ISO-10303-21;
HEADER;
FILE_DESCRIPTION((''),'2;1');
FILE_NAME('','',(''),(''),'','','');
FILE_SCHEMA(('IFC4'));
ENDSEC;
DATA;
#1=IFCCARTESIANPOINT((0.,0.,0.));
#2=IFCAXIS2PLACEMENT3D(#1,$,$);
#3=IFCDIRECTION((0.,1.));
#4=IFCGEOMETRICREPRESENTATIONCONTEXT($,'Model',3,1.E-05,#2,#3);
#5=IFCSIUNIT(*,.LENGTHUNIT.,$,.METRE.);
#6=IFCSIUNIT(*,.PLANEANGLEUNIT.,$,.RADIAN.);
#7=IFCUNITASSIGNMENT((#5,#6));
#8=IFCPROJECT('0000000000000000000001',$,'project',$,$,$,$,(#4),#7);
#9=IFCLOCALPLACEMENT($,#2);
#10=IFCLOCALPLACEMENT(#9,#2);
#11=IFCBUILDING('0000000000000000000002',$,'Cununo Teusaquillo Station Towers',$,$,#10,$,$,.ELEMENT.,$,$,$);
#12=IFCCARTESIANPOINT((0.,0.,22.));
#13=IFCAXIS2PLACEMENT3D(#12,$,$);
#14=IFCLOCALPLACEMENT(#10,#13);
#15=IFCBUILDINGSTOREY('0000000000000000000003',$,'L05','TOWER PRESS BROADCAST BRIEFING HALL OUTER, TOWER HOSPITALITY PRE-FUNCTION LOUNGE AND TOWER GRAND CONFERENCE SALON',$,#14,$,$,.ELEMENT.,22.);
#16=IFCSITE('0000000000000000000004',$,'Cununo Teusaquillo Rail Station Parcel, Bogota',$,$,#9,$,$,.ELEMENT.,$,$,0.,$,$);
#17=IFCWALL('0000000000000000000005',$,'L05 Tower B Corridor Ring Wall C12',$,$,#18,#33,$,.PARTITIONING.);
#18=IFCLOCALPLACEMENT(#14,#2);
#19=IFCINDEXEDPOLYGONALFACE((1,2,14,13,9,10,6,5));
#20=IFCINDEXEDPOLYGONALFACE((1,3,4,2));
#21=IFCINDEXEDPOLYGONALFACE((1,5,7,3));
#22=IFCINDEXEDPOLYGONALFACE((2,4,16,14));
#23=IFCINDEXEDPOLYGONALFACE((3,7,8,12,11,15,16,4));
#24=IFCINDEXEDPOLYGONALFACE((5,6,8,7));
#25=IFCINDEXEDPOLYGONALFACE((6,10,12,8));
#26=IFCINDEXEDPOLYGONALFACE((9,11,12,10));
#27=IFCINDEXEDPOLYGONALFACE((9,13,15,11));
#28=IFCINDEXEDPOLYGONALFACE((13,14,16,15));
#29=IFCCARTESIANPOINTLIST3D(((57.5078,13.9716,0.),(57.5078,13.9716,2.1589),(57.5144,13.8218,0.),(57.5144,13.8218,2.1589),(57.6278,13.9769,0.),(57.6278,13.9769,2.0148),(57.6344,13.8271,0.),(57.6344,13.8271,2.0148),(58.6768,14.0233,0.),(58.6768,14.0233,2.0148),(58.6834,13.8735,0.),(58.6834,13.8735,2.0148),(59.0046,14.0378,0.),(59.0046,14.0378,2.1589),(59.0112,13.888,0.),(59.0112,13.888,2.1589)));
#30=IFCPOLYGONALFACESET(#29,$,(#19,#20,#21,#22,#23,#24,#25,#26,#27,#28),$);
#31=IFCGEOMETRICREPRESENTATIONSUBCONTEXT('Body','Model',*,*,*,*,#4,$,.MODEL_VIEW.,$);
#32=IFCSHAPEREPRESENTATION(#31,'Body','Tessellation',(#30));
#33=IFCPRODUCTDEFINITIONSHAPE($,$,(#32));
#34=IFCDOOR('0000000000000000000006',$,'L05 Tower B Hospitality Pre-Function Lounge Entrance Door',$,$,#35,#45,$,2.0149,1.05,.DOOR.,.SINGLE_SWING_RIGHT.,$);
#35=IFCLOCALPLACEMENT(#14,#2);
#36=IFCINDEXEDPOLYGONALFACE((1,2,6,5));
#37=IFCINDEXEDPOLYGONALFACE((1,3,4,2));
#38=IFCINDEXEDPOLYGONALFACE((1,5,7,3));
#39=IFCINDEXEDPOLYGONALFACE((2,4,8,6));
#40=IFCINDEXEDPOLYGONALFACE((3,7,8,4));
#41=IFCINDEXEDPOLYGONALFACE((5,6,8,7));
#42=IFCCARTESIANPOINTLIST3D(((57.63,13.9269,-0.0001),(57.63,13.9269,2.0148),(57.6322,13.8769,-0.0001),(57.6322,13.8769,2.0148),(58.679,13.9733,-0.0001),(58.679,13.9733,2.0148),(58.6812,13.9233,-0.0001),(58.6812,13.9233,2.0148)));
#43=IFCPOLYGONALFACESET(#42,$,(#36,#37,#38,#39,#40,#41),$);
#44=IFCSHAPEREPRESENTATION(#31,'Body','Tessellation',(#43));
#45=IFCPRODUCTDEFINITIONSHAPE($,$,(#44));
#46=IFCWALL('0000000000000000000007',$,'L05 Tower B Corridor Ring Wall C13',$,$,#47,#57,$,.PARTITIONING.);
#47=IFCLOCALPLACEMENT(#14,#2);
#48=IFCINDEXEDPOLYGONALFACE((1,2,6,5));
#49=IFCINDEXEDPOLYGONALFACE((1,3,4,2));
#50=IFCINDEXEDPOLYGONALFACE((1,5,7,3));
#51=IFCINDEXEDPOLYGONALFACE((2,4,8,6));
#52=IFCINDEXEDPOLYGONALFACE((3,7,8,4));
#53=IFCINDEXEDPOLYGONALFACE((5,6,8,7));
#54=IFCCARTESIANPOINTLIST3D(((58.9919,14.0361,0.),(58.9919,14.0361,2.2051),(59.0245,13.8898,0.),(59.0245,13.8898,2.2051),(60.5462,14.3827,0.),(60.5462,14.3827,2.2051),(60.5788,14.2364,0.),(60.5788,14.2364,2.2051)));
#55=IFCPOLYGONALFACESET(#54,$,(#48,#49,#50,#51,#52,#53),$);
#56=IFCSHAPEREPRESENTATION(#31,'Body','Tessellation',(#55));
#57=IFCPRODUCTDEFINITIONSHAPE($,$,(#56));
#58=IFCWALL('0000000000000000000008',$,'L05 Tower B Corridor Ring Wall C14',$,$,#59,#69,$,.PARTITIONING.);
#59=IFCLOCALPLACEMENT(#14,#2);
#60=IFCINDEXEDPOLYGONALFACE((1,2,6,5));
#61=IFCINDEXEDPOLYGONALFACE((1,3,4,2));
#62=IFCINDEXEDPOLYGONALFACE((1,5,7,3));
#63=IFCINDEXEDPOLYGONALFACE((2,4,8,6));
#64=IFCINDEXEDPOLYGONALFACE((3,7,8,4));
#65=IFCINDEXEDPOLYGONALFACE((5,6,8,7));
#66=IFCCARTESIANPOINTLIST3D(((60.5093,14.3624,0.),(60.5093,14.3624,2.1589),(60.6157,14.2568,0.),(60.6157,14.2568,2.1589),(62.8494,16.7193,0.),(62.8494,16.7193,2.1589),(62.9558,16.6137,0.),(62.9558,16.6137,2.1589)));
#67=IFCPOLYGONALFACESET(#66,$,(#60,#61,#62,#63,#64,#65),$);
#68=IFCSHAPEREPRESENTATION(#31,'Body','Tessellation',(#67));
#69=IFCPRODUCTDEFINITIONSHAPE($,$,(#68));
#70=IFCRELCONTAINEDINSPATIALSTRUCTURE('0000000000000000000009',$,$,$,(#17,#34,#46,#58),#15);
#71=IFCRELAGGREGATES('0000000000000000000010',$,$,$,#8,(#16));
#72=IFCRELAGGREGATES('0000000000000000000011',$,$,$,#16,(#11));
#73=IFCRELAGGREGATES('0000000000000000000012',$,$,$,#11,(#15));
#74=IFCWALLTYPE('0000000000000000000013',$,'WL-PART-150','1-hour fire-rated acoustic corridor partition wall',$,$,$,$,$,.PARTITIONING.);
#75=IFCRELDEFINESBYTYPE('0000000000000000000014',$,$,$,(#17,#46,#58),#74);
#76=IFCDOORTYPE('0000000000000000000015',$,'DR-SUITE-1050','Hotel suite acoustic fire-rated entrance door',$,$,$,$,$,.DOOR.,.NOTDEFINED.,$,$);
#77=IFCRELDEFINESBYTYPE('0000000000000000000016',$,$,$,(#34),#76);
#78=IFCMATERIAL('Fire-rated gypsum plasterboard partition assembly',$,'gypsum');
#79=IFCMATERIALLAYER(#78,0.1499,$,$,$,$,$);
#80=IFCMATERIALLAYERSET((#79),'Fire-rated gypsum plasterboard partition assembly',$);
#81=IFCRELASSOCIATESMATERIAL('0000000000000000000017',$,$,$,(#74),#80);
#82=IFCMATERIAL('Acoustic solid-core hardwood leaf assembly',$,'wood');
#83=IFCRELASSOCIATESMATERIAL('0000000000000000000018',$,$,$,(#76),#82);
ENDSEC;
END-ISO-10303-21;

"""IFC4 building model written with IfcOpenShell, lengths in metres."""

from ifc_helpers import new_model, si_unit, direction, frame, frame_2d, origin, place, context, subcontext, project, spatial, rectangle, extrude, source, transform, mapped, material, layer, layer_set, type_object, element, fill, save


model = new_model("IFC4")

# Units and contexts
model_context = context("Model", 3, precision=1e-05, world=origin(), true_north=direction((0.0, 1.0)))
body_context = subcontext(model_context, "Body", "Model", "MODEL_VIEW")
ifc_project = project(units=[si_unit("LENGTHUNIT", "METRE"), si_unit("PLANEANGLEUNIT", "RADIAN")], contexts=[model_context])

# Site, building, storey
site_placement = place(None, origin())
site = spatial("IfcSite", under=ifc_project, at=site_placement, Name="Cununo Teusaquillo Rail Station Parcel, Bogota", CompositionType="ELEMENT", RefElevation=0.0)
building_placement = place(site_placement, origin())
building = spatial("IfcBuilding", under=site, at=building_placement, Name="Cununo Teusaquillo Station Towers", CompositionType="ELEMENT")
storey_placement = place(building_placement, frame((0.0, 0.0, 22.0)))
storey = spatial("IfcBuildingStorey", under=building, at=storey_placement, Name="L05", Description="TOWER PRESS BROADCAST BRIEFING HALL OUTER, TOWER HOSPITALITY PRE-FUNCTION LOUNGE AND TOWER GRAND CONFERENCE SALON", CompositionType="ELEMENT", Elevation=22.0)

# Wall, opening, door
ifc_material_1 = material(Name="Fire-rated gypsum plasterboard partition assembly", Category="gypsum")
ifc_layer_1 = layer(ifc_material_1, 0.1499)
ifc_layer_set_1 = layer_set([ifc_layer_1], Name="Fire-rated gypsum plasterboard partition assembly")
wall_type_1 = type_object("IfcWallType", Name="WL-PART-150", Description="1-hour fire-rated acoustic corridor partition wall", PredefinedType="PARTITIONING", material=ifc_layer_set_1)
wall_1_placement = place(storey_placement, frame((57.5112, 13.8967, 0.0), z_axis=(0.0, 0.0, 1.0), x_axis=(0.999025, 0.044158, 0.0)))
wall_1 = element("IfcWall", 1, at=wall_1_placement, inside=storey, type_object=wall_type_1, Name="L05 Tower B Corridor Ring Wall C12", PredefinedType="PARTITIONING", context=body_context, shape_type="SweptSolid", body=[
    extrude(rectangle(XDim=1.4983, YDim=0.1499, at=frame_2d((0.749, 0.0))), origin(), (0.0, 0.0, 1.0), 2.1589),
])
shared_shape_1 = source(origin(), body_context, "Body", "SweptSolid", [
    extrude(rectangle(XDim=1.05, YDim=2.0149, at=frame_2d((0.5249, 1.0073))), frame((0.0, 0.085, 0.0), z_axis=(0.0, -1.0, 0.0), x_axis=(1.0, 0.0, 0.0)), (0.0, 0.0, 1.0), 0.1699),
])
opening_1_placement = place(wall_1_placement, frame((0.1201, 0.0, 0.0)))
opening_1 = element("IfcOpeningElement", 2, at=opening_1_placement, cuts=wall_1, PredefinedType="OPENING", context=body_context, shape_type="MappedRepresentation", body=[
    mapped(shared_shape_1, transform((0.0, 0.0, 0.0), x_axis=(1.0, 0.0, 0.0), y_axis=(0.0, 1.0, 0.0), z_axis=(0.0, 0.0, 1.0), scale=1.0)),
])
ifc_material_2 = material(Name="Acoustic solid-core hardwood leaf assembly", Category="wood")
door_type_1 = type_object("IfcDoorType", Name="DR-SUITE-1050", Description="Hotel suite acoustic fire-rated entrance door", OperationType="NOTDEFINED", PredefinedType="DOOR", material=ifc_material_2)
shared_shape_2 = source(origin(), body_context, "Body", "SweptSolid", [
    extrude(rectangle(XDim=1.05, YDim=2.0149, at=frame_2d((0.5249, 1.0073))), frame((0.0, 0.0249, 0.0), z_axis=(0.0, -1.0, 0.0), x_axis=(1.0, 0.0, 0.0)), (0.0, 0.0, 1.0), 0.05),
])
door_1_placement = place(opening_1_placement, origin())
door_1 = element("IfcDoor", 3, at=door_1_placement, inside=storey, type_object=door_type_1, Name="L05 Tower B Hospitality Pre-Function Lounge Entrance Door", OperationType="SINGLE_SWING_RIGHT", OverallHeight=2.0149, OverallWidth=1.05, PredefinedType="DOOR", context=body_context, shape_type="MappedRepresentation", body=[
    mapped(shared_shape_2, transform((0.0, 0.0, 0.0), x_axis=(1.0, 0.0, 0.0), y_axis=(0.0, 1.0, 0.0), z_axis=(0.0, 0.0, 1.0), scale=1.0)),
])
fill(opening_1, door_1)

# Walls
wall_2_placement = place(storey_placement, frame((59.0081, 13.9629, 0.0), z_axis=(0.0, 0.0, 1.0), x_axis=(0.976021, 0.217677, 0.0)))
element("IfcWall", 4, at=wall_2_placement, inside=storey, type_object=wall_type_1, Name="L05 Tower B Corridor Ring Wall C13", PredefinedType="PARTITIONING", context=body_context, shape_type="SweptSolid", body=[
    extrude(rectangle(XDim=1.5925, YDim=0.1499, at=frame_2d((0.7964, 0.0))), origin(), (0.0, 0.0, 1.0), 2.2051),
])
wall_3_placement = place(storey_placement, frame((60.5625, 14.3096, 0.0), z_axis=(0.0, 0.0, 1.0), x_axis=(0.704566, 0.709638, 0.0)))
element("IfcWall", 5, at=wall_3_placement, inside=storey, type_object=wall_type_1, Name="L05 Tower B Corridor Ring Wall C14", PredefinedType="PARTITIONING", context=body_context, shape_type="SweptSolid", body=[
    extrude(rectangle(XDim=3.3213, YDim=0.1499, at=frame_2d((1.6606, 0.0))), origin(), (0.0, 0.0, 1.0), 2.1589),
])

save(model, "model.ifc")
